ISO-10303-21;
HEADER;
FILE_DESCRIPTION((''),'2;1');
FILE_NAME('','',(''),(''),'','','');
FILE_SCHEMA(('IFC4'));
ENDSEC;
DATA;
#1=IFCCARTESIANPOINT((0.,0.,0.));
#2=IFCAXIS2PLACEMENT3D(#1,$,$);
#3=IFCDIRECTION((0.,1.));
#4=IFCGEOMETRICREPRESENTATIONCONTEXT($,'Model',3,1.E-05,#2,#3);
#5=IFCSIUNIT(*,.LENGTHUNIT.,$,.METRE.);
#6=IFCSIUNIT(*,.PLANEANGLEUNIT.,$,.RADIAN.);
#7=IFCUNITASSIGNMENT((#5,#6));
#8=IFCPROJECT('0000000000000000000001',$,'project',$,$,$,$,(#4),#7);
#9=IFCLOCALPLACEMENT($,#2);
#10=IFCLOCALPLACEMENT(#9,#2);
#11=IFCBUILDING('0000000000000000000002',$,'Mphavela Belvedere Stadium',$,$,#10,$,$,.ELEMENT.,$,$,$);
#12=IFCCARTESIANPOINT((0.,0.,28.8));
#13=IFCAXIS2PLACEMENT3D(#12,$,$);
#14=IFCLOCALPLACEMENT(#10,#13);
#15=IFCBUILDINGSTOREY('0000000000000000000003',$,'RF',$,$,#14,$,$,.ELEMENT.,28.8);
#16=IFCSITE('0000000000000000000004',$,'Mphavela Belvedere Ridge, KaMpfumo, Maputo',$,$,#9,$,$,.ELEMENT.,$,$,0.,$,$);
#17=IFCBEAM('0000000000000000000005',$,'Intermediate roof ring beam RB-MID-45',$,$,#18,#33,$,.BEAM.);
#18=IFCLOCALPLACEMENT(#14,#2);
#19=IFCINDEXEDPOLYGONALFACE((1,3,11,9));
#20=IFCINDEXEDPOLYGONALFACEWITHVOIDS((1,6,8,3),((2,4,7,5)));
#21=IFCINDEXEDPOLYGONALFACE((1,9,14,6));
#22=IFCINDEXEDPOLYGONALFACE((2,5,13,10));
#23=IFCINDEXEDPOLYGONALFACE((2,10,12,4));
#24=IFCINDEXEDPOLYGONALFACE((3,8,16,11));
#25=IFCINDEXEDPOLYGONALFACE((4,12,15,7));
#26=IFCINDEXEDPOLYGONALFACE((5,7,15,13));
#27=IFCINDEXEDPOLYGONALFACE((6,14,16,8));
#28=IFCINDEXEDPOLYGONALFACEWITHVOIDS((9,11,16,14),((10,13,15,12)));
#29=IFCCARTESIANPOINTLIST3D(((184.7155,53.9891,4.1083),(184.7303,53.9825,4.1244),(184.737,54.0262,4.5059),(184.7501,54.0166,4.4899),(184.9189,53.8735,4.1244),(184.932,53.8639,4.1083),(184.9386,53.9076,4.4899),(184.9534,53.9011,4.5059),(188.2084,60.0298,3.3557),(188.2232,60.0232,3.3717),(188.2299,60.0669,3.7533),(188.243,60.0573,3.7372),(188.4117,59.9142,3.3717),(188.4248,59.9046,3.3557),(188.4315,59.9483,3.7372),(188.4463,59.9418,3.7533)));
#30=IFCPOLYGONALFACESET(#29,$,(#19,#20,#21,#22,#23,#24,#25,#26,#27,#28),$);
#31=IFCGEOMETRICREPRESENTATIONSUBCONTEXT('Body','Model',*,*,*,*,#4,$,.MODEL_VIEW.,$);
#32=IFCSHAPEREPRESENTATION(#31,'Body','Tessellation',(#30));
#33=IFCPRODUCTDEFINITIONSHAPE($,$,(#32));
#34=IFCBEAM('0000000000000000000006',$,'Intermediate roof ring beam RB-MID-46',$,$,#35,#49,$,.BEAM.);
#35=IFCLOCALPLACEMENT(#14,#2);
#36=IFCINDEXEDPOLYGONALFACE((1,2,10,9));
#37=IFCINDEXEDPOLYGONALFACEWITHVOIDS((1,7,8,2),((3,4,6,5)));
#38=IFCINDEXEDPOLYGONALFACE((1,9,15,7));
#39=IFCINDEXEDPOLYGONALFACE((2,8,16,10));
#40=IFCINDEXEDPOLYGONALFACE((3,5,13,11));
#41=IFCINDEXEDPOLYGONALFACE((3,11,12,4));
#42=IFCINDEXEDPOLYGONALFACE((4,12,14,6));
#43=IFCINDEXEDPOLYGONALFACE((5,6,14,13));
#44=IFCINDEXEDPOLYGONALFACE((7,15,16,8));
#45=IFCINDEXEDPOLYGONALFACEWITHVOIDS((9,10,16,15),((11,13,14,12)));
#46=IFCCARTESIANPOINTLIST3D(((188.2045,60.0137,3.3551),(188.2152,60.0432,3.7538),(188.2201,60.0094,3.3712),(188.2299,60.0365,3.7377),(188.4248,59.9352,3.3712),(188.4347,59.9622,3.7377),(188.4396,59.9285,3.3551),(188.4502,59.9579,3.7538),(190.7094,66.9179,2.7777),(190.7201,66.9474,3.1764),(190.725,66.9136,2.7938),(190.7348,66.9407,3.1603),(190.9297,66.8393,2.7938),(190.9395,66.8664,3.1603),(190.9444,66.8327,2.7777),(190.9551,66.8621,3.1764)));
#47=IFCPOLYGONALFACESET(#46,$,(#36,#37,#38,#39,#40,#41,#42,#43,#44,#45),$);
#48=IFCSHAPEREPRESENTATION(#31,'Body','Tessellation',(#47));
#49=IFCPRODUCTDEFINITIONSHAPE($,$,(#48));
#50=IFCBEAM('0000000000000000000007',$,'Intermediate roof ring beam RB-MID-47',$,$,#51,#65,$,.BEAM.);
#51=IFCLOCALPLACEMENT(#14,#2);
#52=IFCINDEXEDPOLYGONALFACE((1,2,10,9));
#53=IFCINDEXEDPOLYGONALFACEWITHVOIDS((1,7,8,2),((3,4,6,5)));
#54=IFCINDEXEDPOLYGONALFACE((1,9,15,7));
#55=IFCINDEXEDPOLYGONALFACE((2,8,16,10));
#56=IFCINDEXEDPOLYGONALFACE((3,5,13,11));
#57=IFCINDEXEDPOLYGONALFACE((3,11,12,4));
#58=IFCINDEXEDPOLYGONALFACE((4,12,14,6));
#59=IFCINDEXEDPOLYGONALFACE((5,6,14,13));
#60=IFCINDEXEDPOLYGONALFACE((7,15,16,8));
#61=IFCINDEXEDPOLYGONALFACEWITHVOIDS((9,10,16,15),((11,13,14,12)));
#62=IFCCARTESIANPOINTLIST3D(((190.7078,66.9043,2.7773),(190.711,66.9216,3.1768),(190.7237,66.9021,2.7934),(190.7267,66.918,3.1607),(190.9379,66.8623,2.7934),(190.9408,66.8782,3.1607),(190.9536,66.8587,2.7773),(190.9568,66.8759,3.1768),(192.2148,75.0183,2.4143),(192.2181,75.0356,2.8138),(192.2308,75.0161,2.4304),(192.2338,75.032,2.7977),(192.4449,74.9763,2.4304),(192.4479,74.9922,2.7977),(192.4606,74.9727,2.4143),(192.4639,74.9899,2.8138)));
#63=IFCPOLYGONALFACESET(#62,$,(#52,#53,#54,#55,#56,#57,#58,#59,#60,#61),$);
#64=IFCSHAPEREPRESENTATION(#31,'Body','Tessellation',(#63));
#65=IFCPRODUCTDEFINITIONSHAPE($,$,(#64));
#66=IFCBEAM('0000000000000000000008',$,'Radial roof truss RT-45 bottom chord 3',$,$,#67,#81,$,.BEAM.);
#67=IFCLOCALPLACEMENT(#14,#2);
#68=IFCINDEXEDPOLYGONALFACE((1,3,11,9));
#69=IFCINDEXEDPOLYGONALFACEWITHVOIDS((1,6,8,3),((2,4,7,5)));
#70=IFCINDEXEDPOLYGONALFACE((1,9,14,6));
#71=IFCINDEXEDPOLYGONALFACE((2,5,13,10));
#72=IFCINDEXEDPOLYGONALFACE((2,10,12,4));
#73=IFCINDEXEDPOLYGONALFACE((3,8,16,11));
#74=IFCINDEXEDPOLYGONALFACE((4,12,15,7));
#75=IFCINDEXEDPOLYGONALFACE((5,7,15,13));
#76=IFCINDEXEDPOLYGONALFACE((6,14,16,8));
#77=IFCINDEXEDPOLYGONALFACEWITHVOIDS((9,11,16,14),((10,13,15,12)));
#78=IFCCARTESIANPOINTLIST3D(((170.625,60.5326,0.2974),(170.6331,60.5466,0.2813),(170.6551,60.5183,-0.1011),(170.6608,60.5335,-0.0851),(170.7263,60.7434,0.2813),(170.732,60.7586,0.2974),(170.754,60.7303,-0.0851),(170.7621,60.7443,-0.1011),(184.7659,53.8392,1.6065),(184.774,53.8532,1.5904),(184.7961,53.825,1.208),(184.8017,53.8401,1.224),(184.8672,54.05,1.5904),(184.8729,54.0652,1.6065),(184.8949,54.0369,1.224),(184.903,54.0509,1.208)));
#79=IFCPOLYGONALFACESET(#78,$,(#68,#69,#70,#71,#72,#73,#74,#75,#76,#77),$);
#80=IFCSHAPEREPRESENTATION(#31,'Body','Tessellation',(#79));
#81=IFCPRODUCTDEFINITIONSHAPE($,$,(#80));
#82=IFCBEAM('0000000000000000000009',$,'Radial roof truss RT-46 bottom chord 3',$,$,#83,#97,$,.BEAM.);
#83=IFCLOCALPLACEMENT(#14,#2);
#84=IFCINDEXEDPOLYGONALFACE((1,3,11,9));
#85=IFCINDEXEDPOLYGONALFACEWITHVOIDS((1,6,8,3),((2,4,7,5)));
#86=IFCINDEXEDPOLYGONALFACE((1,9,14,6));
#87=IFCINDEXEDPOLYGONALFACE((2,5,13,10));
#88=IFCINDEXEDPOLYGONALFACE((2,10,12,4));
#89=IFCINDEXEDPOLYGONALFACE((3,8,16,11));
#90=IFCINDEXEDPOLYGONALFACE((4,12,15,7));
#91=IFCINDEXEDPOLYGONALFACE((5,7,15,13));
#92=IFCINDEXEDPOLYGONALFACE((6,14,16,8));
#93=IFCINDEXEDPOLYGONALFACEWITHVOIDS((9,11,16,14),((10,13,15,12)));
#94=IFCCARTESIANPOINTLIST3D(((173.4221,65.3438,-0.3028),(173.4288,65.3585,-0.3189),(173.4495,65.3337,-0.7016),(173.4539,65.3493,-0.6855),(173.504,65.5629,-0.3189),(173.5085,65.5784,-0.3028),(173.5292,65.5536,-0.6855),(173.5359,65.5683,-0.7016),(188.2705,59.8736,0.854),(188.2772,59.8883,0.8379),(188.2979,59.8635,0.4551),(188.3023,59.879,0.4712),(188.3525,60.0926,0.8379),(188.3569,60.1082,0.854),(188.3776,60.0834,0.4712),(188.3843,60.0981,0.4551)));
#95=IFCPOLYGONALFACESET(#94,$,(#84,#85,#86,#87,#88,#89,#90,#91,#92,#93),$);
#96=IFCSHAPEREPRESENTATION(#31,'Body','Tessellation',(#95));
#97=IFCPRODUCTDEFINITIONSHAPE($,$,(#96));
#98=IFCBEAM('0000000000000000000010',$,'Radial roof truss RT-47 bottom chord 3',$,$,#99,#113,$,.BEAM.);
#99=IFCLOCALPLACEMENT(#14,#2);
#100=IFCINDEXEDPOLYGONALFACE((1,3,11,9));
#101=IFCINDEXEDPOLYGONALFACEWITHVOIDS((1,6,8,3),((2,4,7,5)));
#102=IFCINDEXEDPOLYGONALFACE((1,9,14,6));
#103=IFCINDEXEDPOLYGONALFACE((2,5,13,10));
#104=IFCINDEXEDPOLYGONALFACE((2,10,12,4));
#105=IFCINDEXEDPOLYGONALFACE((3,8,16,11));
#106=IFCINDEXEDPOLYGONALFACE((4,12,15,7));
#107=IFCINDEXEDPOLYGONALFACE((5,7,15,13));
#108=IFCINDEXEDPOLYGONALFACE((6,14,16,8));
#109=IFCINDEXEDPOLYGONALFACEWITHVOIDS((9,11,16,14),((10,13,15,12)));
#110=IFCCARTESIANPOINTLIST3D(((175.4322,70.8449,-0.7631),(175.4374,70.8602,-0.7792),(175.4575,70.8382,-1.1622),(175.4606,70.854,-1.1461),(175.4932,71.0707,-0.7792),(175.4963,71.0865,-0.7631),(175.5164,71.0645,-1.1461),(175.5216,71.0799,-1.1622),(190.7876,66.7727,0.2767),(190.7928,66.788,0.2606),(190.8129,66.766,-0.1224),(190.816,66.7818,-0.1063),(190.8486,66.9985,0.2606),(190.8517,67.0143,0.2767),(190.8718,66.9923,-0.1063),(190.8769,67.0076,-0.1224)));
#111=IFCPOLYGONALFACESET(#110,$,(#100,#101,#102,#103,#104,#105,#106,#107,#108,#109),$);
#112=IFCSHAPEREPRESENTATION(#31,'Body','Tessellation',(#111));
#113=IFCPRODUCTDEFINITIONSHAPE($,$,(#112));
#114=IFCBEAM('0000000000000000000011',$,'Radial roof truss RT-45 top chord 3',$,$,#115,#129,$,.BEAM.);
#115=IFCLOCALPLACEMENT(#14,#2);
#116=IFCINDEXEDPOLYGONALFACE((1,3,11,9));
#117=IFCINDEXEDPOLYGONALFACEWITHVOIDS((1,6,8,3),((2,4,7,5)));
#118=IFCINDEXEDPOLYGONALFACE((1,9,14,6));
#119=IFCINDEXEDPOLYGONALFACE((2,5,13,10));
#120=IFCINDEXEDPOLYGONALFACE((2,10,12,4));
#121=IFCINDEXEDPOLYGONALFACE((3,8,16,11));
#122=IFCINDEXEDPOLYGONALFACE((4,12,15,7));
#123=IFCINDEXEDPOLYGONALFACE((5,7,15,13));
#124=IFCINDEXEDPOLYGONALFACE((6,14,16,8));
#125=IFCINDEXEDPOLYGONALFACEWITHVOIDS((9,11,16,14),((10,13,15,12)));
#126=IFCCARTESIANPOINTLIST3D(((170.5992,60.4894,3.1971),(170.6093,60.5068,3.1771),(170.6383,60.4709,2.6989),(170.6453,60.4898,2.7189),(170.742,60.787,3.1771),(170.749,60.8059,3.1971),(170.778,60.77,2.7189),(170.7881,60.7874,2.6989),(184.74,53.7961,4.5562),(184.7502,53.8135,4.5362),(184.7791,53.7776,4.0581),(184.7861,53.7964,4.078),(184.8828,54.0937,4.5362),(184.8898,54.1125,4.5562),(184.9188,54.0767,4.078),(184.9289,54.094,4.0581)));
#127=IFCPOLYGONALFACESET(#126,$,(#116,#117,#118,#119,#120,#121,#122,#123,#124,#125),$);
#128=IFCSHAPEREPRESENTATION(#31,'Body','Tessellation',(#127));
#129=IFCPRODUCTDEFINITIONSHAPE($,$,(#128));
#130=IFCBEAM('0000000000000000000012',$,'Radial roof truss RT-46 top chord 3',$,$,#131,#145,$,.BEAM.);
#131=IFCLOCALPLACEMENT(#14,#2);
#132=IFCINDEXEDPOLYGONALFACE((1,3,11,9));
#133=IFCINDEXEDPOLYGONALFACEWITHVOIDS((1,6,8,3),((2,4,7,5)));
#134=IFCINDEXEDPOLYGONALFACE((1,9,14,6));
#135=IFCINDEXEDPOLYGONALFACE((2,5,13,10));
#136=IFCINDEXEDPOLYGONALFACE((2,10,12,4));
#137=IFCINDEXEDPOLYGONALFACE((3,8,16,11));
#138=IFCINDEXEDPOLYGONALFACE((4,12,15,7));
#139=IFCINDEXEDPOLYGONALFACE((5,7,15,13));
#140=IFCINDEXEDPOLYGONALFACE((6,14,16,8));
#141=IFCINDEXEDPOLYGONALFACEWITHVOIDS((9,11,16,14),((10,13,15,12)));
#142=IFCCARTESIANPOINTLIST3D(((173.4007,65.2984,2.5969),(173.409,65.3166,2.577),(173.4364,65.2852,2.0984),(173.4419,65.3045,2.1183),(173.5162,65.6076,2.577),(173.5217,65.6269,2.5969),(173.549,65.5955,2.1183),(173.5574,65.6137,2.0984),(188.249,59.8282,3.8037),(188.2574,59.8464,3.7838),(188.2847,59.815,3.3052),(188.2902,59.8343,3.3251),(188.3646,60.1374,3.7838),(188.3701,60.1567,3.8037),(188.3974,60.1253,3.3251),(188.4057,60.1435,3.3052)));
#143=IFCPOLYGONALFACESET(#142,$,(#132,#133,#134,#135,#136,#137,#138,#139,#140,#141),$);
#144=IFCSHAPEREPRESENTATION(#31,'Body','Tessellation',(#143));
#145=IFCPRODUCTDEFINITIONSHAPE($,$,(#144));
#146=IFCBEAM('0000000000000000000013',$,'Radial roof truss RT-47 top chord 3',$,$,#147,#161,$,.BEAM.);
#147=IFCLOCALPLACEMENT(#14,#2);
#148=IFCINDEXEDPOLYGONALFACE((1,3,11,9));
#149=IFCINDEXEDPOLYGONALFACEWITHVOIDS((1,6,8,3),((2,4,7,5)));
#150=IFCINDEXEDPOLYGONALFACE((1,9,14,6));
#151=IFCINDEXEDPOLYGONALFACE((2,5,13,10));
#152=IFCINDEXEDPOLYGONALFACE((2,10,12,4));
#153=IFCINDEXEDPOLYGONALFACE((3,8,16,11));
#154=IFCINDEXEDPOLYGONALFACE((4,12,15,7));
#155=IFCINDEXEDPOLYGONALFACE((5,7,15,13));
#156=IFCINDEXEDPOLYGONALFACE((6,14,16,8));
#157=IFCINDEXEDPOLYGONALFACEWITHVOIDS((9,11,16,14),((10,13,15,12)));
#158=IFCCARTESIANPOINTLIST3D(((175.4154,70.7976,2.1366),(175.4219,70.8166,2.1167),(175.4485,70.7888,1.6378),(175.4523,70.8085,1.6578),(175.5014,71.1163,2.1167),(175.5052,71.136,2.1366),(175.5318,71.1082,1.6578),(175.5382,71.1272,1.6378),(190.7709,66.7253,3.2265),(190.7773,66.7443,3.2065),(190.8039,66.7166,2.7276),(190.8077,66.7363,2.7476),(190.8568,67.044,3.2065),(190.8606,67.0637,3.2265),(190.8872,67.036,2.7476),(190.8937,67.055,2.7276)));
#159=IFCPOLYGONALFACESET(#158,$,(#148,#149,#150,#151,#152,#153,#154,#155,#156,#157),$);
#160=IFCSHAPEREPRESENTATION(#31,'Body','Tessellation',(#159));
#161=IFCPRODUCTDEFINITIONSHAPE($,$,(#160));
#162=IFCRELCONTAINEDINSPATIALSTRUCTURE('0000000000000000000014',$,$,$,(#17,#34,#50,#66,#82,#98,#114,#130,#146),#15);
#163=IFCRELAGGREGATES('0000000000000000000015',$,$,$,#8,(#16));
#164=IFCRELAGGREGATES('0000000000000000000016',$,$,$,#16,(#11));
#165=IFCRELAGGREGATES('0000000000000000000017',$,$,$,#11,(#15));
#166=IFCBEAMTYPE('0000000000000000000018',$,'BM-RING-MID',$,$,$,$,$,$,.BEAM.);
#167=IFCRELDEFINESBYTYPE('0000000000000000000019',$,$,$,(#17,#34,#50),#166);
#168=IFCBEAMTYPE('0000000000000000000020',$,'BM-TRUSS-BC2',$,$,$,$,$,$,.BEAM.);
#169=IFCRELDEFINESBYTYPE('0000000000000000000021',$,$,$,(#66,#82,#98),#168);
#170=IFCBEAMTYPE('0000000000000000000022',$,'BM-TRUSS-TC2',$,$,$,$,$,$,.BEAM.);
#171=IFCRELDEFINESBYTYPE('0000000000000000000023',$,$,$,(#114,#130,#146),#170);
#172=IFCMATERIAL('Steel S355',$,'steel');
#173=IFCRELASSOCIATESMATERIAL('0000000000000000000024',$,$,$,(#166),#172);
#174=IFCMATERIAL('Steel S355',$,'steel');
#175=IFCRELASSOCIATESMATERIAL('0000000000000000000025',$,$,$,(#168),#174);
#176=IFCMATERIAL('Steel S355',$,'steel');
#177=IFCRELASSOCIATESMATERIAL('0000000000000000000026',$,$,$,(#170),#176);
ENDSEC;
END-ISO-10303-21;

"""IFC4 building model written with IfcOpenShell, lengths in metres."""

from ifc_helpers import new_model, si_unit, direction, frame, origin, origin_2d, place, context, subcontext, project, spatial, hollow_rectangle, extrude, material, material_profile, profile_set, type_object, element, save


model = new_model("IFC4")

# Units and contexts
model_context = context("Model", 3, precision=1e-05, world=origin(), true_north=direction((0.0, 1.0)))
body_context = subcontext(model_context, "Body", "Model", "MODEL_VIEW")
ifc_project = project(units=[si_unit("LENGTHUNIT", "METRE"), si_unit("PLANEANGLEUNIT", "RADIAN")], contexts=[model_context])

# Site, building, storey
site_placement = place(None, origin())
site = spatial("IfcSite", under=ifc_project, at=site_placement, Name="Mphavela Belvedere Ridge, KaMpfumo, Maputo", CompositionType="ELEMENT", RefElevation=0.0)
building_placement = place(site_placement, origin())
building = spatial("IfcBuilding", under=site, at=building_placement, Name="Mphavela Belvedere Stadium", CompositionType="ELEMENT")
storey_placement = place(building_placement, frame((0.0, 0.0, 28.8)))
storey = spatial("IfcBuildingStorey", under=building, at=storey_placement, Name="RF", CompositionType="ELEMENT", Elevation=28.8)

# Beams
ifc_material_1 = material(Name="Steel S355", Category="steel")
ifc_material_profile_1 = material_profile(ifc_material_1, hollow_rectangle(XDim=0.25, YDim=0.3999, WallThickness=0.0161, at=origin_2d()), Name="RHS 400x250x16")
ifc_profile_set_1 = profile_set([ifc_material_profile_1], Name="Steel S355")
beam_type_1 = type_object("IfcBeamType", Name="BM-RING-MID", PredefinedType="BEAM", material=ifc_profile_set_1)
beam_1_placement = place(storey_placement, frame((184.8345, 53.9451, 4.3071), z_axis=(0.49768, 0.860705, -0.107245), x_axis=(-0.865698, 0.500567, 0.0)))
element("IfcBeam", 1, at=beam_1_placement, inside=storey, type_object=beam_type_1, Name="Intermediate roof ring beam RB-MID-45", PredefinedType="BEAM", context=body_context, shape_type="SweptSolid", body=[
    extrude(hollow_rectangle(XDim=0.25, YDim=0.3999, WallThickness=0.0161, at=origin_2d()), origin(), (0.0, 0.0, 1.0), 7.0183),
])
beam_2_placement = place(storey_placement, frame((188.3274, 59.9858, 3.5544), z_axis=(0.34, 0.937154, -0.078372), x_axis=(-0.940046, 0.341049, 0.0)))
element("IfcBeam", 2, at=beam_2_placement, inside=storey, type_object=beam_type_1, Name="Intermediate roof ring beam RB-MID-46", PredefinedType="BEAM", context=body_context, shape_type="SweptSolid", body=[
    extrude(hollow_rectangle(XDim=0.25, YDim=0.3999, WallThickness=0.0161, at=origin_2d()), origin(), (0.0, 0.0, 1.0), 7.3672),
])
beam_3_placement = place(storey_placement, frame((190.8323, 66.8901, 2.9771), z_axis=(0.182438, 0.982235, -0.043947), x_axis=(-0.983185, 0.182615, 0.0)))
element("IfcBeam", 3, at=beam_3_placement, inside=storey, type_object=beam_type_1, Name="Intermediate roof ring beam RB-MID-47", PredefinedType="BEAM", context=body_context, shape_type="SweptSolid", body=[
    extrude(hollow_rectangle(XDim=0.25, YDim=0.3999, WallThickness=0.0161, at=origin_2d()), origin(), (0.0, 0.0, 1.0), 8.2607),
])
ifc_material_2 = material(Name="Steel S355", Category="steel")
ifc_material_profile_2 = material_profile(ifc_material_2, hollow_rectangle(XDim=0.25, YDim=0.3999, WallThickness=0.0161, at=origin_2d()), Name="RHS 400x250x16")
ifc_profile_set_2 = profile_set([ifc_material_profile_2], Name="Steel S355")
beam_type_2 = type_object("IfcBeamType", Name="BM-TRUSS-BC2", PredefinedType="BEAM", material=ifc_profile_set_2)
beam_4_placement = place(storey_placement, frame((184.8345, 53.9451, 1.4072), z_axis=(-0.900713, 0.426338, -0.083383), x_axis=(-0.427828, -0.90386, 0.0)))
element("IfcBeam", 4, at=beam_4_placement, inside=storey, type_object=beam_type_2, Name="Radial roof truss RT-45 bottom chord 3", PredefinedType="BEAM", context=body_context, shape_type="SweptSolid", body=[
    extrude(hollow_rectangle(XDim=0.25, YDim=0.3999, WallThickness=0.0161, at=origin_2d()), origin(), (0.0, 0.0, 1.0), 15.6997),
])
beam_5_placement = place(storey_placement, frame((188.3274, 59.9858, 0.6545), z_axis=(-0.935851, 0.344772, -0.072906), x_axis=(-0.345692, -0.938348, 0.0)))
element("IfcBeam", 5, at=beam_5_placement, inside=storey, type_object=beam_type_2, Name="Radial roof truss RT-46 bottom chord 3", PredefinedType="BEAM", context=body_context, shape_type="SweptSolid", body=[
    extrude(hollow_rectangle(XDim=0.25, YDim=0.3999, WallThickness=0.0161, at=origin_2d()), origin(), (0.0, 0.0, 1.0), 15.8662),
])
beam_6_placement = place(storey_placement, frame((190.8323, 66.8901, 0.0771), z_axis=(-0.964523, 0.255791, -0.065313), x_axis=(-0.256339, -0.966587, 0.0)))
element("IfcBeam", 6, at=beam_6_placement, inside=storey, type_object=beam_type_2, Name="Radial roof truss RT-47 bottom chord 3", PredefinedType="BEAM", context=body_context, shape_type="SweptSolid", body=[
    extrude(hollow_rectangle(XDim=0.25, YDim=0.3999, WallThickness=0.0161, at=origin_2d()), origin(), (0.0, 0.0, 1.0), 15.9202),
])
ifc_material_3 = material(Name="Steel S355", Category="steel")
ifc_material_profile_3 = material_profile(ifc_material_3, hollow_rectangle(XDim=0.3501, YDim=0.5, WallThickness=0.02, at=origin_2d()), Name="RHS 500x350x20")
ifc_profile_set_3 = profile_set([ifc_material_profile_3], Name="Steel S355")
beam_type_3 = type_object("IfcBeamType", Name="BM-TRUSS-TC2", PredefinedType="BEAM", material=ifc_profile_set_3)
beam_7_placement = place(storey_placement, frame((184.8345, 53.9451, 4.3071), z_axis=(-0.900469, 0.426223, -0.086547), x_axis=(-0.427828, -0.90386, 0.0)))
element("IfcBeam", 7, at=beam_7_placement, inside=storey, type_object=beam_type_3, Name="Radial roof truss RT-45 top chord 3", PredefinedType="BEAM", context=body_context, shape_type="SweptSolid", body=[
    extrude(hollow_rectangle(XDim=0.3501, YDim=0.5, WallThickness=0.02, at=origin_2d()), origin(), (0.0, 0.0, 1.0), 15.7039),
])
beam_8_placement = place(storey_placement, frame((188.3274, 59.9858, 3.5544), z_axis=(-0.935631, 0.344691, -0.076042), x_axis=(-0.345692, -0.938348, 0.0)))
element("IfcBeam", 8, at=beam_8_placement, inside=storey, type_object=beam_type_3, Name="Radial roof truss RT-46 top chord 3", PredefinedType="BEAM", context=body_context, shape_type="SweptSolid", body=[
    extrude(hollow_rectangle(XDim=0.3501, YDim=0.5, WallThickness=0.02, at=origin_2d()), origin(), (0.0, 0.0, 1.0), 15.8699),
])
beam_9_placement = place(storey_placement, frame((190.8323, 66.8901, 2.9771), z_axis=(-0.96432, 0.255738, -0.068442), x_axis=(-0.256339, -0.966587, 0.0)))
element("IfcBeam", 9, at=beam_9_placement, inside=storey, type_object=beam_type_3, Name="Radial roof truss RT-47 top chord 3", PredefinedType="BEAM", context=body_context, shape_type="SweptSolid", body=[
    extrude(hollow_rectangle(XDim=0.3501, YDim=0.5, WallThickness=0.02, at=origin_2d()), origin(), (0.0, 0.0, 1.0), 15.9236),
])

save(model, "model.ifc")
